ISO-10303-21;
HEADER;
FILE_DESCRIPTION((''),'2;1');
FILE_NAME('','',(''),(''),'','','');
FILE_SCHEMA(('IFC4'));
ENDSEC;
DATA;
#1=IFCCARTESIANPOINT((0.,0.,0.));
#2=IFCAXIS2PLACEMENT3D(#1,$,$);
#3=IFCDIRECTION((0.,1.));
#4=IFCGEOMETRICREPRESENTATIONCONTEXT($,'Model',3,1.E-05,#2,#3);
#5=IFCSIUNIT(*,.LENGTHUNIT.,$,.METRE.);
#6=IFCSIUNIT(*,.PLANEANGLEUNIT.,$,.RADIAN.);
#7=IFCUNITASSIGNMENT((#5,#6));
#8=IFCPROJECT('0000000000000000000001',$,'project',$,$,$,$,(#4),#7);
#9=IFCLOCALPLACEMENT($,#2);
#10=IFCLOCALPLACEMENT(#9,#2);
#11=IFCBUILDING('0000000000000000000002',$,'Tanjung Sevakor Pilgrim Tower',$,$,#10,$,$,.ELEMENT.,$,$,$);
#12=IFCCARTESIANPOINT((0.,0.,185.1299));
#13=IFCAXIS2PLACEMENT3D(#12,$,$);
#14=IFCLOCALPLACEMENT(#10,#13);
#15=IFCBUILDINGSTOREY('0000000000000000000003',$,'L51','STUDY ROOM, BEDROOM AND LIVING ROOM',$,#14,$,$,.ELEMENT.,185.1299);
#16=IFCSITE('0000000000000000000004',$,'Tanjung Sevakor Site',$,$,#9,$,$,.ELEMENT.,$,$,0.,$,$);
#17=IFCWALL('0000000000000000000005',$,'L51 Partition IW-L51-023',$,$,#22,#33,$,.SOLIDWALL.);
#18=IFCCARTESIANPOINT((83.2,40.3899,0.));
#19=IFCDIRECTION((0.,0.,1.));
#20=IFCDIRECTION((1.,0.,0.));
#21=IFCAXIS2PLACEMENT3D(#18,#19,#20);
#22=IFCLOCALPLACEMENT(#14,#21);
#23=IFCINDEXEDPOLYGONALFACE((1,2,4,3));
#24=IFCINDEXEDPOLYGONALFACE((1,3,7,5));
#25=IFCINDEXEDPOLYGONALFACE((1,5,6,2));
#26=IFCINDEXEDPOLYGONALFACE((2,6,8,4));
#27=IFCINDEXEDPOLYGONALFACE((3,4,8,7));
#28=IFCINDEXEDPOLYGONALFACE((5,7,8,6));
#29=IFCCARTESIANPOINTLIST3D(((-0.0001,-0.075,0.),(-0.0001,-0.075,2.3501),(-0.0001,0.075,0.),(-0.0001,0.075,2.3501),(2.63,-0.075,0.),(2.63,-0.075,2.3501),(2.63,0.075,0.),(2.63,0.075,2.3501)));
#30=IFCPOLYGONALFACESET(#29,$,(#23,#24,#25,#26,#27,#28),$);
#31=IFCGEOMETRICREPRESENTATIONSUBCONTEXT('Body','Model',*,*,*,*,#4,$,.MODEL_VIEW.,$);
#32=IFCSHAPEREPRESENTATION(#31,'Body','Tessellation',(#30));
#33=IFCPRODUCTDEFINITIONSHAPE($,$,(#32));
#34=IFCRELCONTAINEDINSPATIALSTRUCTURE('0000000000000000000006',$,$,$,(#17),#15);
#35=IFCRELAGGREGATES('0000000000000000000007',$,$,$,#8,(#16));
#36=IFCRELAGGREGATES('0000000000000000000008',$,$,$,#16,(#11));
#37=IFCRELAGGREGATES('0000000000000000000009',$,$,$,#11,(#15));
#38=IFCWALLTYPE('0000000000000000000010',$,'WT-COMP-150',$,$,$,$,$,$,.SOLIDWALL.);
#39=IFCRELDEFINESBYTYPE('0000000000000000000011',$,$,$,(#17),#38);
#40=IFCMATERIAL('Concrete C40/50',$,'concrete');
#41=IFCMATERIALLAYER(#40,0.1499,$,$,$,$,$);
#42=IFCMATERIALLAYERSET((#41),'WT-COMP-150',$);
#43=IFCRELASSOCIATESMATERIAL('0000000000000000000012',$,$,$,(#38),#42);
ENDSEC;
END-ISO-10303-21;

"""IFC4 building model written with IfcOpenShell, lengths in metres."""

from ifc_helpers import new_model, si_unit, direction, frame, frame_2d, origin, place, context, subcontext, project, spatial, rectangle, extrude, material, layer, layer_set, type_object, element, save


model = new_model("IFC4")

# Units and contexts
model_context = context("Model", 3, precision=1e-05, world=origin(), true_north=direction((0.0, 1.0)))
body_context = subcontext(model_context, "Body", "Model", "MODEL_VIEW")
ifc_project = project(units=[si_unit("LENGTHUNIT", "METRE"), si_unit("PLANEANGLEUNIT", "RADIAN")], contexts=[model_context])

# Site, building, storey
site_placement = place(None, origin())
site = spatial("IfcSite", under=ifc_project, at=site_placement, Name="Tanjung Sevakor Site", CompositionType="ELEMENT", RefElevation=0.0)
building_placement = place(site_placement, origin())
building = spatial("IfcBuilding", under=site, at=building_placement, Name="Tanjung Sevakor Pilgrim Tower", CompositionType="ELEMENT")
storey_placement = place(building_placement, frame((0.0, 0.0, 185.1299)))
storey = spatial("IfcBuildingStorey", under=building, at=storey_placement, Name="L51", Description="STUDY ROOM, BEDROOM AND LIVING ROOM", CompositionType="ELEMENT", Elevation=185.1299)

# Wall
ifc_material_1 = material(Name="Concrete C40/50", Category="concrete")
ifc_layer_1 = layer(ifc_material_1, 0.1499)
ifc_layer_set_1 = layer_set([ifc_layer_1], Name="WT-COMP-150")
wall_type_1 = type_object("IfcWallType", Name="WT-COMP-150", PredefinedType="SOLIDWALL", material=ifc_layer_set_1)
wall_1_placement = place(storey_placement, frame((83.2, 40.3899, 0.0), z_axis=(0.0, 0.0, 1.0), x_axis=(1.0, 0.0, 0.0)))
element("IfcWall", 1, at=wall_1_placement, inside=storey, type_object=wall_type_1, Name="L51 Partition IW-L51-023", PredefinedType="SOLIDWALL", context=body_context, shape_type="SweptSolid", body=[
    extrude(rectangle(XDim=2.6301, YDim=0.1499, at=frame_2d((1.3149, 0.0))), origin(), (0.0, 0.0, 1.0), 2.3501),
])

save(model, "model.ifc")
